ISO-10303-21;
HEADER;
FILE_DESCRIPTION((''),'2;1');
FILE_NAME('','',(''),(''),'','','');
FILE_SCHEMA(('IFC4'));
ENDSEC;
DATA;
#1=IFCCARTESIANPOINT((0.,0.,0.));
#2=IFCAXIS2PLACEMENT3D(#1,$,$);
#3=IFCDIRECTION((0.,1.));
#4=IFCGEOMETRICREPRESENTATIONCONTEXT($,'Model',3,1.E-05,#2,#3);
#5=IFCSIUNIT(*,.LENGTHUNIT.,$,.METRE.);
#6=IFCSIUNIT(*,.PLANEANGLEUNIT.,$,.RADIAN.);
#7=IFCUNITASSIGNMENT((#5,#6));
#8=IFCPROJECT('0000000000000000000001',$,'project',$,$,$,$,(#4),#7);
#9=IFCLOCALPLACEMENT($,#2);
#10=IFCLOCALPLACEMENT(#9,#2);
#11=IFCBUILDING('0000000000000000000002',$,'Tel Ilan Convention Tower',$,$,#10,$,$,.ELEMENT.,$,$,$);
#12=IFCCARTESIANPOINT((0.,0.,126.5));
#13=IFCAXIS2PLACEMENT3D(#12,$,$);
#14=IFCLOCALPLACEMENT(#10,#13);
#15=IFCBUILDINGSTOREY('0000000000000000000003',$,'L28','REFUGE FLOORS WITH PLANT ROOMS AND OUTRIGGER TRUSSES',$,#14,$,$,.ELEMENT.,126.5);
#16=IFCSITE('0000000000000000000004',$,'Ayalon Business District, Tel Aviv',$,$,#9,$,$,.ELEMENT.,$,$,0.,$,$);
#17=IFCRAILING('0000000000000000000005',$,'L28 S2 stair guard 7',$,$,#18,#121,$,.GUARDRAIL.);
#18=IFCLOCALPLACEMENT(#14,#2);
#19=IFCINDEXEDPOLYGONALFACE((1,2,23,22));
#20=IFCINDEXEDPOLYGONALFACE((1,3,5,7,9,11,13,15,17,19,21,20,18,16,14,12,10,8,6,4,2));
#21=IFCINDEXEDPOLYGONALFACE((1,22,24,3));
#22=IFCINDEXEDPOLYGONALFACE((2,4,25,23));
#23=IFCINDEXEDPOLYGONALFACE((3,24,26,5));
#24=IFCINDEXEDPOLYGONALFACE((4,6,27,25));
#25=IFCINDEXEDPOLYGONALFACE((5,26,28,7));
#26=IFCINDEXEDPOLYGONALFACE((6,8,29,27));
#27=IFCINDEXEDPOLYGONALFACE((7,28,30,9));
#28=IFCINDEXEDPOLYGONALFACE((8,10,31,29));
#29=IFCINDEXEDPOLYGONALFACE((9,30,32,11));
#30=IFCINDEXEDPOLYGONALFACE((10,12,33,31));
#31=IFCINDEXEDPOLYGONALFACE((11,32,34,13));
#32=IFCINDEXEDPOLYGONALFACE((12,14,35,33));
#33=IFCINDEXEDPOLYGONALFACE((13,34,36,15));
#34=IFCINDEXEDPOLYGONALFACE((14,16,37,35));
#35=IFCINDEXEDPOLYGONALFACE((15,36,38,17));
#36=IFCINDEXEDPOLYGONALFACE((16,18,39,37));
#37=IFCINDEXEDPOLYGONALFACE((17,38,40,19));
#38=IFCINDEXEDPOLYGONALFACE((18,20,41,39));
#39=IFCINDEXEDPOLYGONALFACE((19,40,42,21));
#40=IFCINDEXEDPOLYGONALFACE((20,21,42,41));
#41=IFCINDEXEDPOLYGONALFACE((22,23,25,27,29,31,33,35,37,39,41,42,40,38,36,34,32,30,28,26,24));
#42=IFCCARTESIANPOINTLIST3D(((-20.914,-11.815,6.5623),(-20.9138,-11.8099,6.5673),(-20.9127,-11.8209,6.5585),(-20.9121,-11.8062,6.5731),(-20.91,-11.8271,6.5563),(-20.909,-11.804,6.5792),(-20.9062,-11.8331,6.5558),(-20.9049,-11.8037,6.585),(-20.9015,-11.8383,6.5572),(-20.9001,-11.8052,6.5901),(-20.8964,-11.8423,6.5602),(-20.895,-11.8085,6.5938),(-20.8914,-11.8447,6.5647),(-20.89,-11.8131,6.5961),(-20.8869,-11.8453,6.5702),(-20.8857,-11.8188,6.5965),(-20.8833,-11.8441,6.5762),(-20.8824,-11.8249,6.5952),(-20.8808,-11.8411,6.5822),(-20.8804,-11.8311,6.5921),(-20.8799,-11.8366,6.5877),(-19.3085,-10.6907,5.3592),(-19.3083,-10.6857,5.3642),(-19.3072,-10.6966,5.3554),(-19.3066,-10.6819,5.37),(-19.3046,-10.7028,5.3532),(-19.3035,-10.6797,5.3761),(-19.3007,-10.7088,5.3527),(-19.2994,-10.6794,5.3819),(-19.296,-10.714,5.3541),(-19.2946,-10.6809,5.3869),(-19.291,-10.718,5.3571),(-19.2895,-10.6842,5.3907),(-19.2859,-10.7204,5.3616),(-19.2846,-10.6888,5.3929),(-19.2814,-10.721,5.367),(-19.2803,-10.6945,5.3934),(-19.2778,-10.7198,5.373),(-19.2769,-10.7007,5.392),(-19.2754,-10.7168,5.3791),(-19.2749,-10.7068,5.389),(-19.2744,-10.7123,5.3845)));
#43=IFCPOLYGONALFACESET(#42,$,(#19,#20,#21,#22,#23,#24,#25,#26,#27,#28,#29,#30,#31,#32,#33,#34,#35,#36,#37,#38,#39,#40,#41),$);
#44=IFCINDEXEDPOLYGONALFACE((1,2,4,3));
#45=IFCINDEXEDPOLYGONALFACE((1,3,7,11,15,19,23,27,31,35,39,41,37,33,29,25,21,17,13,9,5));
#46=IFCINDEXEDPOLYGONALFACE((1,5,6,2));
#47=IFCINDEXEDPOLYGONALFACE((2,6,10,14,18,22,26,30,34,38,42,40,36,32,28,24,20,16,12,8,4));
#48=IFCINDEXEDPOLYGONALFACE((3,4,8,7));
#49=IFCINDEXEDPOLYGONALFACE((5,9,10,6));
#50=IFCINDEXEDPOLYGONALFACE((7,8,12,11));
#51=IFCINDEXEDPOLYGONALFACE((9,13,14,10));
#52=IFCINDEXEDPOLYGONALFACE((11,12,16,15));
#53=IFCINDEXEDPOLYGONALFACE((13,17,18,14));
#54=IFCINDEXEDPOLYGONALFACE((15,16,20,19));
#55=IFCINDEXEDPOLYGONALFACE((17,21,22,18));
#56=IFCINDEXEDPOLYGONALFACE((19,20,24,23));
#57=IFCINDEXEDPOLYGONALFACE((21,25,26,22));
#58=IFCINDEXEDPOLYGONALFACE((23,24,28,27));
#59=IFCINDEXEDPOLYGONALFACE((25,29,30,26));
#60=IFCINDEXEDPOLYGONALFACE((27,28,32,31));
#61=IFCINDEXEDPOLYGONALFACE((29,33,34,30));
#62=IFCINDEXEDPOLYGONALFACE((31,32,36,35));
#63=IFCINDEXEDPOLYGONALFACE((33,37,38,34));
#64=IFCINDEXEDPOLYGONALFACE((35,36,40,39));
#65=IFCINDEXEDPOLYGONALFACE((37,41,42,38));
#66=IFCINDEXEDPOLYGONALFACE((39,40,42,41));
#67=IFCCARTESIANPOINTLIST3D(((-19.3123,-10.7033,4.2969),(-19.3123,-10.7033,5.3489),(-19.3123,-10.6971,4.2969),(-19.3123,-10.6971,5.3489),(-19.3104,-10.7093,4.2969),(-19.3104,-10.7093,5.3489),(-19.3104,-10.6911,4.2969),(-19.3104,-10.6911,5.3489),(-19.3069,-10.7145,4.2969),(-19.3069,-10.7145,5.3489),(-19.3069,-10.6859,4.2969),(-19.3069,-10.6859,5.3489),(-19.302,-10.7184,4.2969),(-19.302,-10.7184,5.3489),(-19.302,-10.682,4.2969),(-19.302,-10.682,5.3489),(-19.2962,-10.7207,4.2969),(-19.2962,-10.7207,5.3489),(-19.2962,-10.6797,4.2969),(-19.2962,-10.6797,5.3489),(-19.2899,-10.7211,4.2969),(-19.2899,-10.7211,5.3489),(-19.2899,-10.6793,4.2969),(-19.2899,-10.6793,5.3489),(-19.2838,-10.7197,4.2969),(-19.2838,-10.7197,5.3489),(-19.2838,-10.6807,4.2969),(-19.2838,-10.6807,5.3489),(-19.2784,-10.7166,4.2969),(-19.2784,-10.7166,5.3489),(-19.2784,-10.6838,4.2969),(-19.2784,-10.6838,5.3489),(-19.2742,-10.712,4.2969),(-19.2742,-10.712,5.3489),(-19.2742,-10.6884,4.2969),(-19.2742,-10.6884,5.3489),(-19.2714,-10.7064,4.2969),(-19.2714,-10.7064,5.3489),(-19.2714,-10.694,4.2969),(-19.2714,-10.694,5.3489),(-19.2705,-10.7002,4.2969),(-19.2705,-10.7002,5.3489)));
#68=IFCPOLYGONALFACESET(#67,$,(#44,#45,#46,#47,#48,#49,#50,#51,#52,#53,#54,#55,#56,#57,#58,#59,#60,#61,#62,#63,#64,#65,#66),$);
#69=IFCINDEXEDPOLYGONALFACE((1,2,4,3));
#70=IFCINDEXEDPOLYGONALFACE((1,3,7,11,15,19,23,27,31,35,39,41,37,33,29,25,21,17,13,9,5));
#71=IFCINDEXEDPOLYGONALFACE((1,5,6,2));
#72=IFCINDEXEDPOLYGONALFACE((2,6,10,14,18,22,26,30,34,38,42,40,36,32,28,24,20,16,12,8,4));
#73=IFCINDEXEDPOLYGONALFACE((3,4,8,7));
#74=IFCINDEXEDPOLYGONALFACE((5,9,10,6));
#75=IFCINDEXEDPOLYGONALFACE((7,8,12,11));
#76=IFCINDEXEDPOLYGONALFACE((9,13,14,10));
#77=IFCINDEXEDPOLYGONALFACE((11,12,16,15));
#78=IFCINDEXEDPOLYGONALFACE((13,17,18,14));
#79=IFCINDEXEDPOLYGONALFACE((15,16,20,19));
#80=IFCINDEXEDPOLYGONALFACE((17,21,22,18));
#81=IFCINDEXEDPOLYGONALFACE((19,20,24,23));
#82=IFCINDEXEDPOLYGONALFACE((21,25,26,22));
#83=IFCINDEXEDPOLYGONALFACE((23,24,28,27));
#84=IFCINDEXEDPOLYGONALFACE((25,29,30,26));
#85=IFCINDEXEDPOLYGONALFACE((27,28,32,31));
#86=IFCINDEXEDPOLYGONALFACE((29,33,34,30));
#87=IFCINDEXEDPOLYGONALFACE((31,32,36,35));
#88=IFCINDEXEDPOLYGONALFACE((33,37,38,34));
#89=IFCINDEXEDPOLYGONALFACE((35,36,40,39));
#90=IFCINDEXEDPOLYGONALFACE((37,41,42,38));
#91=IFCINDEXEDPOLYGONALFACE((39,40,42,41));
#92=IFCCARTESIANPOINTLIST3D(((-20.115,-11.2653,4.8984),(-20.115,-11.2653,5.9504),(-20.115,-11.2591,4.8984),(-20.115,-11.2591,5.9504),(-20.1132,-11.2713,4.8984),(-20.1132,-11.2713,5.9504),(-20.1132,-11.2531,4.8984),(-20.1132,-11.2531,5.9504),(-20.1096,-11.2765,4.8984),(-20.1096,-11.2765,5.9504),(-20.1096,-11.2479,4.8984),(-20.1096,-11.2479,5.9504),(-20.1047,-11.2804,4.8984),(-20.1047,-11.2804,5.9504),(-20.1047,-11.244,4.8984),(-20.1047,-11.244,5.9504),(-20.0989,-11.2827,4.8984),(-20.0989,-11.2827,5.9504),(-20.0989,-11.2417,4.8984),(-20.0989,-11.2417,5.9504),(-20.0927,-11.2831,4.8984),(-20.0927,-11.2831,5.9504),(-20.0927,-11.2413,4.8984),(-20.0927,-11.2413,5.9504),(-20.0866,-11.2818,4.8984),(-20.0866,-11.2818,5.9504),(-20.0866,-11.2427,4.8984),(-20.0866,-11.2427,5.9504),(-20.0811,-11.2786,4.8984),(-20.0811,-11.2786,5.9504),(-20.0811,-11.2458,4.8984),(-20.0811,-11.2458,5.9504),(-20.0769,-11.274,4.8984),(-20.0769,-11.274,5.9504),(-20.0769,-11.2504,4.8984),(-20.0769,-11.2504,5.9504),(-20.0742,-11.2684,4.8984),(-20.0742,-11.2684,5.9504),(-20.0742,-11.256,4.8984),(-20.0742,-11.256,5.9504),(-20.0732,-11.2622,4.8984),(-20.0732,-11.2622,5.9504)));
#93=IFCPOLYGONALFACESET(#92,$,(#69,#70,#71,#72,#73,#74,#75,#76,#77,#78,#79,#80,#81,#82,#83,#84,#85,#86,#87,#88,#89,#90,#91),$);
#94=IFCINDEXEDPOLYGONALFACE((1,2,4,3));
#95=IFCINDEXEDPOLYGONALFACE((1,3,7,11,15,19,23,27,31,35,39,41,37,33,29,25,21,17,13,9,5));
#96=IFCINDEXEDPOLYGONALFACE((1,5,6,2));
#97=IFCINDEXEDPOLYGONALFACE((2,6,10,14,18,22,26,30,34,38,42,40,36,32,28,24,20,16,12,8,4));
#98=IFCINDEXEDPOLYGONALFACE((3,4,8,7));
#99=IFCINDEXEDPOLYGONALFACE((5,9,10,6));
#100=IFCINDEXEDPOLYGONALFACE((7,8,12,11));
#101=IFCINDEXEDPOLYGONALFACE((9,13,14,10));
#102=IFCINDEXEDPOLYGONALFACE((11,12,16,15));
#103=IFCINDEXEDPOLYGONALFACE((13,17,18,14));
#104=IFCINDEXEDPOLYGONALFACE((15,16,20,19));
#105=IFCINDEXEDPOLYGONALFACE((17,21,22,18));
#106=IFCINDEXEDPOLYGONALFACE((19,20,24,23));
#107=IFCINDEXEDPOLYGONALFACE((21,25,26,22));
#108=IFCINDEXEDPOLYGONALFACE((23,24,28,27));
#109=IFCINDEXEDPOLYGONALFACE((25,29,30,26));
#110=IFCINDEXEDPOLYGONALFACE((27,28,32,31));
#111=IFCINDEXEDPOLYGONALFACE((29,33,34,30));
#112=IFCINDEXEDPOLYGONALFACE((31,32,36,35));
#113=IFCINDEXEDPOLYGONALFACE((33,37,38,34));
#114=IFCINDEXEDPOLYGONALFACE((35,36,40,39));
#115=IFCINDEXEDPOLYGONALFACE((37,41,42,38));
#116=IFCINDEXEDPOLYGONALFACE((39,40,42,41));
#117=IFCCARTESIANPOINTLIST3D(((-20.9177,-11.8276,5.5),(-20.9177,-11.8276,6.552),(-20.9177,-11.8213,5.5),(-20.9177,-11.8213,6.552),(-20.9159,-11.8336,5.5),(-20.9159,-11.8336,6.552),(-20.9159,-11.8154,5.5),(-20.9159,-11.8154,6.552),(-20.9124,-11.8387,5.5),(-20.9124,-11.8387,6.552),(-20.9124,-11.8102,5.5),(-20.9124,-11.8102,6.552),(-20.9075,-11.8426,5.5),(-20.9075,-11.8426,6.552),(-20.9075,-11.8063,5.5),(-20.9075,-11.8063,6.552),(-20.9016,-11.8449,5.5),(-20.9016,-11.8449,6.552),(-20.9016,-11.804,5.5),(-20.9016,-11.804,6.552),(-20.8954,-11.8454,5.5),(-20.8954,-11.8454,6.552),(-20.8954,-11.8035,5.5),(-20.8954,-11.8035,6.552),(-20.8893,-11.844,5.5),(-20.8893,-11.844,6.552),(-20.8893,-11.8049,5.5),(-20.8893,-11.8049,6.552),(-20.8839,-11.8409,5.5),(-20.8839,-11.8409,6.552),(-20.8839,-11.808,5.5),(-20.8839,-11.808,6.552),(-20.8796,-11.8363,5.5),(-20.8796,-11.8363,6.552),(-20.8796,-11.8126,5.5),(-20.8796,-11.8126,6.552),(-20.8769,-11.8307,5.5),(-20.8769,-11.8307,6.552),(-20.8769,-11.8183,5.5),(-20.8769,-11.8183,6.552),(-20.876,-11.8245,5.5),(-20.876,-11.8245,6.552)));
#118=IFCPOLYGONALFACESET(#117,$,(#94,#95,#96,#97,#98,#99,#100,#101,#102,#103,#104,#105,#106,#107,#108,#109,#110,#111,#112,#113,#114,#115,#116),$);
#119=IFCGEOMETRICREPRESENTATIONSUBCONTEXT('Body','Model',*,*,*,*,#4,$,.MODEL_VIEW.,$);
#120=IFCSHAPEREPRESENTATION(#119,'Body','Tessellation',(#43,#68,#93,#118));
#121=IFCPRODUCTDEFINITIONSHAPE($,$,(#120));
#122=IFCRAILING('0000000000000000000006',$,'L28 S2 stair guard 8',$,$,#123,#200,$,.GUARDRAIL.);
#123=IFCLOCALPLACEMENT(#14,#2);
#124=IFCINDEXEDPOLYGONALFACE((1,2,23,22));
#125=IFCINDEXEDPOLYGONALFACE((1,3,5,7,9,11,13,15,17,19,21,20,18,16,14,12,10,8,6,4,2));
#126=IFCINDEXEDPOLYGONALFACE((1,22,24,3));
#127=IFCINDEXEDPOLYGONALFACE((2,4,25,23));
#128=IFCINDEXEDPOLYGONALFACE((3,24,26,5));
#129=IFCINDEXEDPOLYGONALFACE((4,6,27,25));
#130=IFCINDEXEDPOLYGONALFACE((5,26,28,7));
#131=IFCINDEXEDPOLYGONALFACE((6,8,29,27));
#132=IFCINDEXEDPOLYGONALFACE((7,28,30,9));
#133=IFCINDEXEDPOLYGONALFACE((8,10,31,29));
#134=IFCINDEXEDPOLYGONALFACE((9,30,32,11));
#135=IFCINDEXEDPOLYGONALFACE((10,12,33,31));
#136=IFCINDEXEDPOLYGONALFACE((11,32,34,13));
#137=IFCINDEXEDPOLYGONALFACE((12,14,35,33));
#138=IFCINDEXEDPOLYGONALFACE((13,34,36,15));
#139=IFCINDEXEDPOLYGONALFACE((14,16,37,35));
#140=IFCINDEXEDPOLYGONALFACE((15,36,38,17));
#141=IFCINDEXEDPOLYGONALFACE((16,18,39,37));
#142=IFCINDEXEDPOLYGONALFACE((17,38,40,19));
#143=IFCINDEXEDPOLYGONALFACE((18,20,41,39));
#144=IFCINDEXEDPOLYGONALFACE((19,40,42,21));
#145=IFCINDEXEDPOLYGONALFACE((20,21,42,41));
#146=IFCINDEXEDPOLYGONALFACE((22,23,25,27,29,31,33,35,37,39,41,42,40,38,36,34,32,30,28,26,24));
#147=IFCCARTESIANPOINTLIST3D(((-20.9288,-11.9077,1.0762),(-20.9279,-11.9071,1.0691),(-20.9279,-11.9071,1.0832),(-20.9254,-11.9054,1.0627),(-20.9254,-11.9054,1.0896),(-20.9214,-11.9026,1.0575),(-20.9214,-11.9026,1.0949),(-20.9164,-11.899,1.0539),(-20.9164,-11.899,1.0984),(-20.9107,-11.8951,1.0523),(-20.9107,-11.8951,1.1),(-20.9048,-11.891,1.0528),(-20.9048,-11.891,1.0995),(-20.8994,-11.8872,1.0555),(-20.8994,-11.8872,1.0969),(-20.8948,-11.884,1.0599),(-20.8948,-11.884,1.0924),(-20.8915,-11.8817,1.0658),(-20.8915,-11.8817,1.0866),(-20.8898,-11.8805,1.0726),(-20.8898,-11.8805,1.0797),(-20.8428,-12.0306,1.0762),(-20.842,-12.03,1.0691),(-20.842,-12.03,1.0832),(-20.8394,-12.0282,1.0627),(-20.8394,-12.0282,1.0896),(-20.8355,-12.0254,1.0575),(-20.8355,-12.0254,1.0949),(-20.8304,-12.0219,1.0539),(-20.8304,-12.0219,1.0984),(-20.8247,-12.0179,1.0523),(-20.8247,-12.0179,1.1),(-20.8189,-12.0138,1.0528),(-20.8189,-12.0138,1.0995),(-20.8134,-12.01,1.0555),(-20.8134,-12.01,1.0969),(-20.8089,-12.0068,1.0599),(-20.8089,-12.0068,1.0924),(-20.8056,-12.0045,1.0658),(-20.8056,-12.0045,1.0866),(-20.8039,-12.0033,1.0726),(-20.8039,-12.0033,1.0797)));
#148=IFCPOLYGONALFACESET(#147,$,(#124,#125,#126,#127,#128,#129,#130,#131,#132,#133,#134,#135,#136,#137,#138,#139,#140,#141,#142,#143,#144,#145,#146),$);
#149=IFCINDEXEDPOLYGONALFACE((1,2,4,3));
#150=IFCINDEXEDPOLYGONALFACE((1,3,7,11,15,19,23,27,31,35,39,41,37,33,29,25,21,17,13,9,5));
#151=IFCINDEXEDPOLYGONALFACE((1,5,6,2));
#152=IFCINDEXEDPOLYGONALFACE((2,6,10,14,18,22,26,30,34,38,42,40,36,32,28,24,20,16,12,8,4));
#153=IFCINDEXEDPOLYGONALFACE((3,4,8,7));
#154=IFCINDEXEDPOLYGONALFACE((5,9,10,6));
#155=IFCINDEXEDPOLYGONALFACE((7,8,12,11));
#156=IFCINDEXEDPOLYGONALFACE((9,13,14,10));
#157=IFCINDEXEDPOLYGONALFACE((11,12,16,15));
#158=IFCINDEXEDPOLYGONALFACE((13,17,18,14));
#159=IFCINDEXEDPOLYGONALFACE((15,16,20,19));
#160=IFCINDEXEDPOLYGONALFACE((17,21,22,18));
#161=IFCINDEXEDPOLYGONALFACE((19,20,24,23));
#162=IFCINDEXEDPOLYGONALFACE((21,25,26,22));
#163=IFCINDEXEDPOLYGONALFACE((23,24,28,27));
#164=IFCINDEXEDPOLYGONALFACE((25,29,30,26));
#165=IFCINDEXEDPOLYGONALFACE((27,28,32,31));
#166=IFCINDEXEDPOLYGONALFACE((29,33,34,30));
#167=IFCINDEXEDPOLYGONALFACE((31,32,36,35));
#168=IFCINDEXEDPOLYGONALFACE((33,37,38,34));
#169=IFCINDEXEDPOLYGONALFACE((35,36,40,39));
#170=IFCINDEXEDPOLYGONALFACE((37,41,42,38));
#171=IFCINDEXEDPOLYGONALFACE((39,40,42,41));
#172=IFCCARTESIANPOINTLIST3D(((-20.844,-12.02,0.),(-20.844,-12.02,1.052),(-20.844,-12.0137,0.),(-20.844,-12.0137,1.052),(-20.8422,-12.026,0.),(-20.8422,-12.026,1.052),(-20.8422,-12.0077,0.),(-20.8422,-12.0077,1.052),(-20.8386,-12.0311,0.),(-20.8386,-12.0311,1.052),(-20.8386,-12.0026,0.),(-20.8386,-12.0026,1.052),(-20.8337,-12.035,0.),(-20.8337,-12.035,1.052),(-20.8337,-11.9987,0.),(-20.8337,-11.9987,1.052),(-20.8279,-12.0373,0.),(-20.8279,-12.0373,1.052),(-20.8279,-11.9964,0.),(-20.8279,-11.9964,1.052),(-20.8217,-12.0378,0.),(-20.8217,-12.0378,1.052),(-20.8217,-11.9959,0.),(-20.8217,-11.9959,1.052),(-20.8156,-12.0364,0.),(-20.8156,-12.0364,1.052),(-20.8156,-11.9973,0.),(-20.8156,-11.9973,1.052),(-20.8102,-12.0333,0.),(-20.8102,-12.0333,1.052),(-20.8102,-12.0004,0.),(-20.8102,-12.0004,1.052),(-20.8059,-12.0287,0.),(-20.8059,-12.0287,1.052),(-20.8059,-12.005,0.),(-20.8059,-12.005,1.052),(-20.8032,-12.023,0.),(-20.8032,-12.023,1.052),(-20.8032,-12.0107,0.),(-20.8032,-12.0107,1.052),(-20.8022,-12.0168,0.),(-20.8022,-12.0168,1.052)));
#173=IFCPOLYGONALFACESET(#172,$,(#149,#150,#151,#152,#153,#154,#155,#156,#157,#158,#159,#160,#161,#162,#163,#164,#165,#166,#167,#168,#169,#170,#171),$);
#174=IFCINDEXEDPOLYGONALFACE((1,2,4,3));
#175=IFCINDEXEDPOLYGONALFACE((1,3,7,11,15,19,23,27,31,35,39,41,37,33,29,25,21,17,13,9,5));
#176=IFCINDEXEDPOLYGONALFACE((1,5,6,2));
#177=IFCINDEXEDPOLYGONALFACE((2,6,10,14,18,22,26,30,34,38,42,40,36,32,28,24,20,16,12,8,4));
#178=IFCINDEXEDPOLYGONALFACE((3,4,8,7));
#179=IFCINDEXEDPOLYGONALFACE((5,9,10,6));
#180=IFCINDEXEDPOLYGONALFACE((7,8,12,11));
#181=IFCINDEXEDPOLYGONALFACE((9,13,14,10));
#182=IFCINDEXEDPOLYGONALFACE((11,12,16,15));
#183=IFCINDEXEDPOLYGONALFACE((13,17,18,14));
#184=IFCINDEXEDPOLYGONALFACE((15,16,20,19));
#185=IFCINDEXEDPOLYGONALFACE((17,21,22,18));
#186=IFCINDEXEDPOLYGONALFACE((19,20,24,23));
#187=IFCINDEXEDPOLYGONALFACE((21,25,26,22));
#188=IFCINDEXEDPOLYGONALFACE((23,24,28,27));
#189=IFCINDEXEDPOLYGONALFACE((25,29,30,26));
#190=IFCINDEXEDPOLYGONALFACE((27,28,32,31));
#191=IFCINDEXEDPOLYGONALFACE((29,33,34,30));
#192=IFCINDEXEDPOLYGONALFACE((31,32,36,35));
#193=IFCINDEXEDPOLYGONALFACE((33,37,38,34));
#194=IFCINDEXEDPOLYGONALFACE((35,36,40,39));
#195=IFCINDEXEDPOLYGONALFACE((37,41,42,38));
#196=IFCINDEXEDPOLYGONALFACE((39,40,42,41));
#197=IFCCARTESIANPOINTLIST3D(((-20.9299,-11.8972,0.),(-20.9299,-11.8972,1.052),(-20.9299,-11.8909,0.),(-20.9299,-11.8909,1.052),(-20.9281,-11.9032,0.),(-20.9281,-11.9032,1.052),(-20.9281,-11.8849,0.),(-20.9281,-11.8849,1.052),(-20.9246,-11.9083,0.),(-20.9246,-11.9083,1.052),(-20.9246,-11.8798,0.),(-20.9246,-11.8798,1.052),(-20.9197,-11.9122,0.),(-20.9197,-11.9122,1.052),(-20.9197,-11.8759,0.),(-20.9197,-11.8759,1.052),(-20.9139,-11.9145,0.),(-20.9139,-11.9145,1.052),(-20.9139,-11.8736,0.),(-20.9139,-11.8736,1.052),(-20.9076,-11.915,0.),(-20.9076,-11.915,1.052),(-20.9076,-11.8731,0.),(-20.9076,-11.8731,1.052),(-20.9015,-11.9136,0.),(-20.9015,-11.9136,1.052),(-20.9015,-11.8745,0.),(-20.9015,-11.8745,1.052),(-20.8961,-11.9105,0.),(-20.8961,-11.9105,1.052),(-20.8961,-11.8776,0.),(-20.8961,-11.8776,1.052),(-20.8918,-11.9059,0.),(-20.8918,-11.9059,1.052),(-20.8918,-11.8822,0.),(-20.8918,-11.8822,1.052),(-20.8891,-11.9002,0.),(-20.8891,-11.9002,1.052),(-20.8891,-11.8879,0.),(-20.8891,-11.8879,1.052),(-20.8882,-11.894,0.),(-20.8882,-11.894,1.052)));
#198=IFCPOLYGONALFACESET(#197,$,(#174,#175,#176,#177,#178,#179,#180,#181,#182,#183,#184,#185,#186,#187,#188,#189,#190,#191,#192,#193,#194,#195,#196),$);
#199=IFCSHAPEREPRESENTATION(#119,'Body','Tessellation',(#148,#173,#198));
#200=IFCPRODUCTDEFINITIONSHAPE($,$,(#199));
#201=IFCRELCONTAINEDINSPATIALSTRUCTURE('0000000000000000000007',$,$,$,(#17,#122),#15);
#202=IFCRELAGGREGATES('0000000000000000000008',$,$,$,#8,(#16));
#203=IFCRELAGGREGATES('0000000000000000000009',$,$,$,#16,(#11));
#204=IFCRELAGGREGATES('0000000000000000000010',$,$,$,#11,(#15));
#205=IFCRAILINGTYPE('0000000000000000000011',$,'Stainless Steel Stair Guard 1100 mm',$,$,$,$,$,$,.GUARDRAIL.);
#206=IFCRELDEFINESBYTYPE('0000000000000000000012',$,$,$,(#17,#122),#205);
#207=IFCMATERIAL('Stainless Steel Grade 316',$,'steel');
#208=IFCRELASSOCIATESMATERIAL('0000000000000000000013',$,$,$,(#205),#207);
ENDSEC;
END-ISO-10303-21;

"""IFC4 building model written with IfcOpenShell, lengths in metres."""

from ifc_helpers import new_model, si_unit, direction, frame, origin, origin_2d, place, context, subcontext, project, spatial, circle, extrude, material, type_object, element, save


model = new_model("IFC4")

# Units and contexts
model_context = context("Model", 3, precision=1e-05, world=origin(), true_north=direction((0.0, 1.0)))
body_context = subcontext(model_context, "Body", "Model", "MODEL_VIEW")
ifc_project = project(units=[si_unit("LENGTHUNIT", "METRE"), si_unit("PLANEANGLEUNIT", "RADIAN")], contexts=[model_context])

# Site, building, storey
site_placement = place(None, origin())
site = spatial("IfcSite", under=ifc_project, at=site_placement, Name="Ayalon Business District, Tel Aviv", CompositionType="ELEMENT", RefElevation=0.0)
building_placement = place(site_placement, origin())
building = spatial("IfcBuilding", under=site, at=building_placement, Name="Tel Ilan Convention Tower", CompositionType="ELEMENT")
storey_placement = place(building_placement, frame((0.0, 0.0, 126.5)))
storey = spatial("IfcBuildingStorey", under=building, at=storey_placement, Name="L28", Description="REFUGE FLOORS WITH PLANT ROOMS AND OUTRIGGER TRUSSES", CompositionType="ELEMENT", Elevation=126.5)

# Railings
ifc_material_1 = material(Name="Stainless Steel Grade 316", Category="steel")
railing_type_1 = type_object("IfcRailingType", Name="Stainless Steel Stair Guard 1100 mm", PredefinedType="GUARDRAIL", material=ifc_material_1)
railing_1_placement = place(storey_placement, frame((-19.2915, -10.7002, 4.2969)))
element("IfcRailing", 1, at=railing_1_placement, inside=storey, type_object=railing_type_1, Name="L28 S2 stair guard 7", PredefinedType="GUARDRAIL", context=body_context, shape_type="SweptSolid", body=[
    extrude(circle(Radius=0.0239, at=origin_2d()), frame((0.0, 0.0, 1.0762), z_axis=(-0.698095, -0.488857, 0.523146), x_axis=(0.573613, -0.819127, 0.0)), (0.0, 0.0, 1.0), 2.2998),
    extrude(circle(Radius=0.021, at=origin_2d()), origin(), (0.0, 0.0, 1.0), 1.052),
    extrude(circle(Radius=0.021, at=origin_2d()), frame((-0.8027, -0.562, 0.6016)), (0.0, 0.0, 1.0), 1.052),
    extrude(circle(Radius=0.021, at=origin_2d()), frame((-1.6055, -1.1243, 1.2031)), (0.0, 0.0, 1.0), 1.052),
])
railing_2_placement = place(storey_placement, frame((-20.8232, -12.0168, 0.0)))
element("IfcRailing", 2, at=railing_2_placement, inside=storey, type_object=railing_type_1, Name="L28 S2 stair guard 8", PredefinedType="GUARDRAIL", context=body_context, shape_type="SweptSolid", body=[
    extrude(circle(Radius=0.0239, at=origin_2d()), frame((0.0, 0.0, 1.0762), z_axis=(-0.573353, 0.819308, 0.0), x_axis=(-0.819308, -0.573353, 0.0)), (0.0, 0.0, 1.0), 0.1499),
    extrude(circle(Radius=0.021, at=origin_2d()), origin(), (0.0, 0.0, 1.0), 1.052),
    extrude(circle(Radius=0.021, at=origin_2d()), frame((-0.0859, 0.1228, 0.0)), (0.0, 0.0, 1.0), 1.052),
])

save(model, "model.ifc")
